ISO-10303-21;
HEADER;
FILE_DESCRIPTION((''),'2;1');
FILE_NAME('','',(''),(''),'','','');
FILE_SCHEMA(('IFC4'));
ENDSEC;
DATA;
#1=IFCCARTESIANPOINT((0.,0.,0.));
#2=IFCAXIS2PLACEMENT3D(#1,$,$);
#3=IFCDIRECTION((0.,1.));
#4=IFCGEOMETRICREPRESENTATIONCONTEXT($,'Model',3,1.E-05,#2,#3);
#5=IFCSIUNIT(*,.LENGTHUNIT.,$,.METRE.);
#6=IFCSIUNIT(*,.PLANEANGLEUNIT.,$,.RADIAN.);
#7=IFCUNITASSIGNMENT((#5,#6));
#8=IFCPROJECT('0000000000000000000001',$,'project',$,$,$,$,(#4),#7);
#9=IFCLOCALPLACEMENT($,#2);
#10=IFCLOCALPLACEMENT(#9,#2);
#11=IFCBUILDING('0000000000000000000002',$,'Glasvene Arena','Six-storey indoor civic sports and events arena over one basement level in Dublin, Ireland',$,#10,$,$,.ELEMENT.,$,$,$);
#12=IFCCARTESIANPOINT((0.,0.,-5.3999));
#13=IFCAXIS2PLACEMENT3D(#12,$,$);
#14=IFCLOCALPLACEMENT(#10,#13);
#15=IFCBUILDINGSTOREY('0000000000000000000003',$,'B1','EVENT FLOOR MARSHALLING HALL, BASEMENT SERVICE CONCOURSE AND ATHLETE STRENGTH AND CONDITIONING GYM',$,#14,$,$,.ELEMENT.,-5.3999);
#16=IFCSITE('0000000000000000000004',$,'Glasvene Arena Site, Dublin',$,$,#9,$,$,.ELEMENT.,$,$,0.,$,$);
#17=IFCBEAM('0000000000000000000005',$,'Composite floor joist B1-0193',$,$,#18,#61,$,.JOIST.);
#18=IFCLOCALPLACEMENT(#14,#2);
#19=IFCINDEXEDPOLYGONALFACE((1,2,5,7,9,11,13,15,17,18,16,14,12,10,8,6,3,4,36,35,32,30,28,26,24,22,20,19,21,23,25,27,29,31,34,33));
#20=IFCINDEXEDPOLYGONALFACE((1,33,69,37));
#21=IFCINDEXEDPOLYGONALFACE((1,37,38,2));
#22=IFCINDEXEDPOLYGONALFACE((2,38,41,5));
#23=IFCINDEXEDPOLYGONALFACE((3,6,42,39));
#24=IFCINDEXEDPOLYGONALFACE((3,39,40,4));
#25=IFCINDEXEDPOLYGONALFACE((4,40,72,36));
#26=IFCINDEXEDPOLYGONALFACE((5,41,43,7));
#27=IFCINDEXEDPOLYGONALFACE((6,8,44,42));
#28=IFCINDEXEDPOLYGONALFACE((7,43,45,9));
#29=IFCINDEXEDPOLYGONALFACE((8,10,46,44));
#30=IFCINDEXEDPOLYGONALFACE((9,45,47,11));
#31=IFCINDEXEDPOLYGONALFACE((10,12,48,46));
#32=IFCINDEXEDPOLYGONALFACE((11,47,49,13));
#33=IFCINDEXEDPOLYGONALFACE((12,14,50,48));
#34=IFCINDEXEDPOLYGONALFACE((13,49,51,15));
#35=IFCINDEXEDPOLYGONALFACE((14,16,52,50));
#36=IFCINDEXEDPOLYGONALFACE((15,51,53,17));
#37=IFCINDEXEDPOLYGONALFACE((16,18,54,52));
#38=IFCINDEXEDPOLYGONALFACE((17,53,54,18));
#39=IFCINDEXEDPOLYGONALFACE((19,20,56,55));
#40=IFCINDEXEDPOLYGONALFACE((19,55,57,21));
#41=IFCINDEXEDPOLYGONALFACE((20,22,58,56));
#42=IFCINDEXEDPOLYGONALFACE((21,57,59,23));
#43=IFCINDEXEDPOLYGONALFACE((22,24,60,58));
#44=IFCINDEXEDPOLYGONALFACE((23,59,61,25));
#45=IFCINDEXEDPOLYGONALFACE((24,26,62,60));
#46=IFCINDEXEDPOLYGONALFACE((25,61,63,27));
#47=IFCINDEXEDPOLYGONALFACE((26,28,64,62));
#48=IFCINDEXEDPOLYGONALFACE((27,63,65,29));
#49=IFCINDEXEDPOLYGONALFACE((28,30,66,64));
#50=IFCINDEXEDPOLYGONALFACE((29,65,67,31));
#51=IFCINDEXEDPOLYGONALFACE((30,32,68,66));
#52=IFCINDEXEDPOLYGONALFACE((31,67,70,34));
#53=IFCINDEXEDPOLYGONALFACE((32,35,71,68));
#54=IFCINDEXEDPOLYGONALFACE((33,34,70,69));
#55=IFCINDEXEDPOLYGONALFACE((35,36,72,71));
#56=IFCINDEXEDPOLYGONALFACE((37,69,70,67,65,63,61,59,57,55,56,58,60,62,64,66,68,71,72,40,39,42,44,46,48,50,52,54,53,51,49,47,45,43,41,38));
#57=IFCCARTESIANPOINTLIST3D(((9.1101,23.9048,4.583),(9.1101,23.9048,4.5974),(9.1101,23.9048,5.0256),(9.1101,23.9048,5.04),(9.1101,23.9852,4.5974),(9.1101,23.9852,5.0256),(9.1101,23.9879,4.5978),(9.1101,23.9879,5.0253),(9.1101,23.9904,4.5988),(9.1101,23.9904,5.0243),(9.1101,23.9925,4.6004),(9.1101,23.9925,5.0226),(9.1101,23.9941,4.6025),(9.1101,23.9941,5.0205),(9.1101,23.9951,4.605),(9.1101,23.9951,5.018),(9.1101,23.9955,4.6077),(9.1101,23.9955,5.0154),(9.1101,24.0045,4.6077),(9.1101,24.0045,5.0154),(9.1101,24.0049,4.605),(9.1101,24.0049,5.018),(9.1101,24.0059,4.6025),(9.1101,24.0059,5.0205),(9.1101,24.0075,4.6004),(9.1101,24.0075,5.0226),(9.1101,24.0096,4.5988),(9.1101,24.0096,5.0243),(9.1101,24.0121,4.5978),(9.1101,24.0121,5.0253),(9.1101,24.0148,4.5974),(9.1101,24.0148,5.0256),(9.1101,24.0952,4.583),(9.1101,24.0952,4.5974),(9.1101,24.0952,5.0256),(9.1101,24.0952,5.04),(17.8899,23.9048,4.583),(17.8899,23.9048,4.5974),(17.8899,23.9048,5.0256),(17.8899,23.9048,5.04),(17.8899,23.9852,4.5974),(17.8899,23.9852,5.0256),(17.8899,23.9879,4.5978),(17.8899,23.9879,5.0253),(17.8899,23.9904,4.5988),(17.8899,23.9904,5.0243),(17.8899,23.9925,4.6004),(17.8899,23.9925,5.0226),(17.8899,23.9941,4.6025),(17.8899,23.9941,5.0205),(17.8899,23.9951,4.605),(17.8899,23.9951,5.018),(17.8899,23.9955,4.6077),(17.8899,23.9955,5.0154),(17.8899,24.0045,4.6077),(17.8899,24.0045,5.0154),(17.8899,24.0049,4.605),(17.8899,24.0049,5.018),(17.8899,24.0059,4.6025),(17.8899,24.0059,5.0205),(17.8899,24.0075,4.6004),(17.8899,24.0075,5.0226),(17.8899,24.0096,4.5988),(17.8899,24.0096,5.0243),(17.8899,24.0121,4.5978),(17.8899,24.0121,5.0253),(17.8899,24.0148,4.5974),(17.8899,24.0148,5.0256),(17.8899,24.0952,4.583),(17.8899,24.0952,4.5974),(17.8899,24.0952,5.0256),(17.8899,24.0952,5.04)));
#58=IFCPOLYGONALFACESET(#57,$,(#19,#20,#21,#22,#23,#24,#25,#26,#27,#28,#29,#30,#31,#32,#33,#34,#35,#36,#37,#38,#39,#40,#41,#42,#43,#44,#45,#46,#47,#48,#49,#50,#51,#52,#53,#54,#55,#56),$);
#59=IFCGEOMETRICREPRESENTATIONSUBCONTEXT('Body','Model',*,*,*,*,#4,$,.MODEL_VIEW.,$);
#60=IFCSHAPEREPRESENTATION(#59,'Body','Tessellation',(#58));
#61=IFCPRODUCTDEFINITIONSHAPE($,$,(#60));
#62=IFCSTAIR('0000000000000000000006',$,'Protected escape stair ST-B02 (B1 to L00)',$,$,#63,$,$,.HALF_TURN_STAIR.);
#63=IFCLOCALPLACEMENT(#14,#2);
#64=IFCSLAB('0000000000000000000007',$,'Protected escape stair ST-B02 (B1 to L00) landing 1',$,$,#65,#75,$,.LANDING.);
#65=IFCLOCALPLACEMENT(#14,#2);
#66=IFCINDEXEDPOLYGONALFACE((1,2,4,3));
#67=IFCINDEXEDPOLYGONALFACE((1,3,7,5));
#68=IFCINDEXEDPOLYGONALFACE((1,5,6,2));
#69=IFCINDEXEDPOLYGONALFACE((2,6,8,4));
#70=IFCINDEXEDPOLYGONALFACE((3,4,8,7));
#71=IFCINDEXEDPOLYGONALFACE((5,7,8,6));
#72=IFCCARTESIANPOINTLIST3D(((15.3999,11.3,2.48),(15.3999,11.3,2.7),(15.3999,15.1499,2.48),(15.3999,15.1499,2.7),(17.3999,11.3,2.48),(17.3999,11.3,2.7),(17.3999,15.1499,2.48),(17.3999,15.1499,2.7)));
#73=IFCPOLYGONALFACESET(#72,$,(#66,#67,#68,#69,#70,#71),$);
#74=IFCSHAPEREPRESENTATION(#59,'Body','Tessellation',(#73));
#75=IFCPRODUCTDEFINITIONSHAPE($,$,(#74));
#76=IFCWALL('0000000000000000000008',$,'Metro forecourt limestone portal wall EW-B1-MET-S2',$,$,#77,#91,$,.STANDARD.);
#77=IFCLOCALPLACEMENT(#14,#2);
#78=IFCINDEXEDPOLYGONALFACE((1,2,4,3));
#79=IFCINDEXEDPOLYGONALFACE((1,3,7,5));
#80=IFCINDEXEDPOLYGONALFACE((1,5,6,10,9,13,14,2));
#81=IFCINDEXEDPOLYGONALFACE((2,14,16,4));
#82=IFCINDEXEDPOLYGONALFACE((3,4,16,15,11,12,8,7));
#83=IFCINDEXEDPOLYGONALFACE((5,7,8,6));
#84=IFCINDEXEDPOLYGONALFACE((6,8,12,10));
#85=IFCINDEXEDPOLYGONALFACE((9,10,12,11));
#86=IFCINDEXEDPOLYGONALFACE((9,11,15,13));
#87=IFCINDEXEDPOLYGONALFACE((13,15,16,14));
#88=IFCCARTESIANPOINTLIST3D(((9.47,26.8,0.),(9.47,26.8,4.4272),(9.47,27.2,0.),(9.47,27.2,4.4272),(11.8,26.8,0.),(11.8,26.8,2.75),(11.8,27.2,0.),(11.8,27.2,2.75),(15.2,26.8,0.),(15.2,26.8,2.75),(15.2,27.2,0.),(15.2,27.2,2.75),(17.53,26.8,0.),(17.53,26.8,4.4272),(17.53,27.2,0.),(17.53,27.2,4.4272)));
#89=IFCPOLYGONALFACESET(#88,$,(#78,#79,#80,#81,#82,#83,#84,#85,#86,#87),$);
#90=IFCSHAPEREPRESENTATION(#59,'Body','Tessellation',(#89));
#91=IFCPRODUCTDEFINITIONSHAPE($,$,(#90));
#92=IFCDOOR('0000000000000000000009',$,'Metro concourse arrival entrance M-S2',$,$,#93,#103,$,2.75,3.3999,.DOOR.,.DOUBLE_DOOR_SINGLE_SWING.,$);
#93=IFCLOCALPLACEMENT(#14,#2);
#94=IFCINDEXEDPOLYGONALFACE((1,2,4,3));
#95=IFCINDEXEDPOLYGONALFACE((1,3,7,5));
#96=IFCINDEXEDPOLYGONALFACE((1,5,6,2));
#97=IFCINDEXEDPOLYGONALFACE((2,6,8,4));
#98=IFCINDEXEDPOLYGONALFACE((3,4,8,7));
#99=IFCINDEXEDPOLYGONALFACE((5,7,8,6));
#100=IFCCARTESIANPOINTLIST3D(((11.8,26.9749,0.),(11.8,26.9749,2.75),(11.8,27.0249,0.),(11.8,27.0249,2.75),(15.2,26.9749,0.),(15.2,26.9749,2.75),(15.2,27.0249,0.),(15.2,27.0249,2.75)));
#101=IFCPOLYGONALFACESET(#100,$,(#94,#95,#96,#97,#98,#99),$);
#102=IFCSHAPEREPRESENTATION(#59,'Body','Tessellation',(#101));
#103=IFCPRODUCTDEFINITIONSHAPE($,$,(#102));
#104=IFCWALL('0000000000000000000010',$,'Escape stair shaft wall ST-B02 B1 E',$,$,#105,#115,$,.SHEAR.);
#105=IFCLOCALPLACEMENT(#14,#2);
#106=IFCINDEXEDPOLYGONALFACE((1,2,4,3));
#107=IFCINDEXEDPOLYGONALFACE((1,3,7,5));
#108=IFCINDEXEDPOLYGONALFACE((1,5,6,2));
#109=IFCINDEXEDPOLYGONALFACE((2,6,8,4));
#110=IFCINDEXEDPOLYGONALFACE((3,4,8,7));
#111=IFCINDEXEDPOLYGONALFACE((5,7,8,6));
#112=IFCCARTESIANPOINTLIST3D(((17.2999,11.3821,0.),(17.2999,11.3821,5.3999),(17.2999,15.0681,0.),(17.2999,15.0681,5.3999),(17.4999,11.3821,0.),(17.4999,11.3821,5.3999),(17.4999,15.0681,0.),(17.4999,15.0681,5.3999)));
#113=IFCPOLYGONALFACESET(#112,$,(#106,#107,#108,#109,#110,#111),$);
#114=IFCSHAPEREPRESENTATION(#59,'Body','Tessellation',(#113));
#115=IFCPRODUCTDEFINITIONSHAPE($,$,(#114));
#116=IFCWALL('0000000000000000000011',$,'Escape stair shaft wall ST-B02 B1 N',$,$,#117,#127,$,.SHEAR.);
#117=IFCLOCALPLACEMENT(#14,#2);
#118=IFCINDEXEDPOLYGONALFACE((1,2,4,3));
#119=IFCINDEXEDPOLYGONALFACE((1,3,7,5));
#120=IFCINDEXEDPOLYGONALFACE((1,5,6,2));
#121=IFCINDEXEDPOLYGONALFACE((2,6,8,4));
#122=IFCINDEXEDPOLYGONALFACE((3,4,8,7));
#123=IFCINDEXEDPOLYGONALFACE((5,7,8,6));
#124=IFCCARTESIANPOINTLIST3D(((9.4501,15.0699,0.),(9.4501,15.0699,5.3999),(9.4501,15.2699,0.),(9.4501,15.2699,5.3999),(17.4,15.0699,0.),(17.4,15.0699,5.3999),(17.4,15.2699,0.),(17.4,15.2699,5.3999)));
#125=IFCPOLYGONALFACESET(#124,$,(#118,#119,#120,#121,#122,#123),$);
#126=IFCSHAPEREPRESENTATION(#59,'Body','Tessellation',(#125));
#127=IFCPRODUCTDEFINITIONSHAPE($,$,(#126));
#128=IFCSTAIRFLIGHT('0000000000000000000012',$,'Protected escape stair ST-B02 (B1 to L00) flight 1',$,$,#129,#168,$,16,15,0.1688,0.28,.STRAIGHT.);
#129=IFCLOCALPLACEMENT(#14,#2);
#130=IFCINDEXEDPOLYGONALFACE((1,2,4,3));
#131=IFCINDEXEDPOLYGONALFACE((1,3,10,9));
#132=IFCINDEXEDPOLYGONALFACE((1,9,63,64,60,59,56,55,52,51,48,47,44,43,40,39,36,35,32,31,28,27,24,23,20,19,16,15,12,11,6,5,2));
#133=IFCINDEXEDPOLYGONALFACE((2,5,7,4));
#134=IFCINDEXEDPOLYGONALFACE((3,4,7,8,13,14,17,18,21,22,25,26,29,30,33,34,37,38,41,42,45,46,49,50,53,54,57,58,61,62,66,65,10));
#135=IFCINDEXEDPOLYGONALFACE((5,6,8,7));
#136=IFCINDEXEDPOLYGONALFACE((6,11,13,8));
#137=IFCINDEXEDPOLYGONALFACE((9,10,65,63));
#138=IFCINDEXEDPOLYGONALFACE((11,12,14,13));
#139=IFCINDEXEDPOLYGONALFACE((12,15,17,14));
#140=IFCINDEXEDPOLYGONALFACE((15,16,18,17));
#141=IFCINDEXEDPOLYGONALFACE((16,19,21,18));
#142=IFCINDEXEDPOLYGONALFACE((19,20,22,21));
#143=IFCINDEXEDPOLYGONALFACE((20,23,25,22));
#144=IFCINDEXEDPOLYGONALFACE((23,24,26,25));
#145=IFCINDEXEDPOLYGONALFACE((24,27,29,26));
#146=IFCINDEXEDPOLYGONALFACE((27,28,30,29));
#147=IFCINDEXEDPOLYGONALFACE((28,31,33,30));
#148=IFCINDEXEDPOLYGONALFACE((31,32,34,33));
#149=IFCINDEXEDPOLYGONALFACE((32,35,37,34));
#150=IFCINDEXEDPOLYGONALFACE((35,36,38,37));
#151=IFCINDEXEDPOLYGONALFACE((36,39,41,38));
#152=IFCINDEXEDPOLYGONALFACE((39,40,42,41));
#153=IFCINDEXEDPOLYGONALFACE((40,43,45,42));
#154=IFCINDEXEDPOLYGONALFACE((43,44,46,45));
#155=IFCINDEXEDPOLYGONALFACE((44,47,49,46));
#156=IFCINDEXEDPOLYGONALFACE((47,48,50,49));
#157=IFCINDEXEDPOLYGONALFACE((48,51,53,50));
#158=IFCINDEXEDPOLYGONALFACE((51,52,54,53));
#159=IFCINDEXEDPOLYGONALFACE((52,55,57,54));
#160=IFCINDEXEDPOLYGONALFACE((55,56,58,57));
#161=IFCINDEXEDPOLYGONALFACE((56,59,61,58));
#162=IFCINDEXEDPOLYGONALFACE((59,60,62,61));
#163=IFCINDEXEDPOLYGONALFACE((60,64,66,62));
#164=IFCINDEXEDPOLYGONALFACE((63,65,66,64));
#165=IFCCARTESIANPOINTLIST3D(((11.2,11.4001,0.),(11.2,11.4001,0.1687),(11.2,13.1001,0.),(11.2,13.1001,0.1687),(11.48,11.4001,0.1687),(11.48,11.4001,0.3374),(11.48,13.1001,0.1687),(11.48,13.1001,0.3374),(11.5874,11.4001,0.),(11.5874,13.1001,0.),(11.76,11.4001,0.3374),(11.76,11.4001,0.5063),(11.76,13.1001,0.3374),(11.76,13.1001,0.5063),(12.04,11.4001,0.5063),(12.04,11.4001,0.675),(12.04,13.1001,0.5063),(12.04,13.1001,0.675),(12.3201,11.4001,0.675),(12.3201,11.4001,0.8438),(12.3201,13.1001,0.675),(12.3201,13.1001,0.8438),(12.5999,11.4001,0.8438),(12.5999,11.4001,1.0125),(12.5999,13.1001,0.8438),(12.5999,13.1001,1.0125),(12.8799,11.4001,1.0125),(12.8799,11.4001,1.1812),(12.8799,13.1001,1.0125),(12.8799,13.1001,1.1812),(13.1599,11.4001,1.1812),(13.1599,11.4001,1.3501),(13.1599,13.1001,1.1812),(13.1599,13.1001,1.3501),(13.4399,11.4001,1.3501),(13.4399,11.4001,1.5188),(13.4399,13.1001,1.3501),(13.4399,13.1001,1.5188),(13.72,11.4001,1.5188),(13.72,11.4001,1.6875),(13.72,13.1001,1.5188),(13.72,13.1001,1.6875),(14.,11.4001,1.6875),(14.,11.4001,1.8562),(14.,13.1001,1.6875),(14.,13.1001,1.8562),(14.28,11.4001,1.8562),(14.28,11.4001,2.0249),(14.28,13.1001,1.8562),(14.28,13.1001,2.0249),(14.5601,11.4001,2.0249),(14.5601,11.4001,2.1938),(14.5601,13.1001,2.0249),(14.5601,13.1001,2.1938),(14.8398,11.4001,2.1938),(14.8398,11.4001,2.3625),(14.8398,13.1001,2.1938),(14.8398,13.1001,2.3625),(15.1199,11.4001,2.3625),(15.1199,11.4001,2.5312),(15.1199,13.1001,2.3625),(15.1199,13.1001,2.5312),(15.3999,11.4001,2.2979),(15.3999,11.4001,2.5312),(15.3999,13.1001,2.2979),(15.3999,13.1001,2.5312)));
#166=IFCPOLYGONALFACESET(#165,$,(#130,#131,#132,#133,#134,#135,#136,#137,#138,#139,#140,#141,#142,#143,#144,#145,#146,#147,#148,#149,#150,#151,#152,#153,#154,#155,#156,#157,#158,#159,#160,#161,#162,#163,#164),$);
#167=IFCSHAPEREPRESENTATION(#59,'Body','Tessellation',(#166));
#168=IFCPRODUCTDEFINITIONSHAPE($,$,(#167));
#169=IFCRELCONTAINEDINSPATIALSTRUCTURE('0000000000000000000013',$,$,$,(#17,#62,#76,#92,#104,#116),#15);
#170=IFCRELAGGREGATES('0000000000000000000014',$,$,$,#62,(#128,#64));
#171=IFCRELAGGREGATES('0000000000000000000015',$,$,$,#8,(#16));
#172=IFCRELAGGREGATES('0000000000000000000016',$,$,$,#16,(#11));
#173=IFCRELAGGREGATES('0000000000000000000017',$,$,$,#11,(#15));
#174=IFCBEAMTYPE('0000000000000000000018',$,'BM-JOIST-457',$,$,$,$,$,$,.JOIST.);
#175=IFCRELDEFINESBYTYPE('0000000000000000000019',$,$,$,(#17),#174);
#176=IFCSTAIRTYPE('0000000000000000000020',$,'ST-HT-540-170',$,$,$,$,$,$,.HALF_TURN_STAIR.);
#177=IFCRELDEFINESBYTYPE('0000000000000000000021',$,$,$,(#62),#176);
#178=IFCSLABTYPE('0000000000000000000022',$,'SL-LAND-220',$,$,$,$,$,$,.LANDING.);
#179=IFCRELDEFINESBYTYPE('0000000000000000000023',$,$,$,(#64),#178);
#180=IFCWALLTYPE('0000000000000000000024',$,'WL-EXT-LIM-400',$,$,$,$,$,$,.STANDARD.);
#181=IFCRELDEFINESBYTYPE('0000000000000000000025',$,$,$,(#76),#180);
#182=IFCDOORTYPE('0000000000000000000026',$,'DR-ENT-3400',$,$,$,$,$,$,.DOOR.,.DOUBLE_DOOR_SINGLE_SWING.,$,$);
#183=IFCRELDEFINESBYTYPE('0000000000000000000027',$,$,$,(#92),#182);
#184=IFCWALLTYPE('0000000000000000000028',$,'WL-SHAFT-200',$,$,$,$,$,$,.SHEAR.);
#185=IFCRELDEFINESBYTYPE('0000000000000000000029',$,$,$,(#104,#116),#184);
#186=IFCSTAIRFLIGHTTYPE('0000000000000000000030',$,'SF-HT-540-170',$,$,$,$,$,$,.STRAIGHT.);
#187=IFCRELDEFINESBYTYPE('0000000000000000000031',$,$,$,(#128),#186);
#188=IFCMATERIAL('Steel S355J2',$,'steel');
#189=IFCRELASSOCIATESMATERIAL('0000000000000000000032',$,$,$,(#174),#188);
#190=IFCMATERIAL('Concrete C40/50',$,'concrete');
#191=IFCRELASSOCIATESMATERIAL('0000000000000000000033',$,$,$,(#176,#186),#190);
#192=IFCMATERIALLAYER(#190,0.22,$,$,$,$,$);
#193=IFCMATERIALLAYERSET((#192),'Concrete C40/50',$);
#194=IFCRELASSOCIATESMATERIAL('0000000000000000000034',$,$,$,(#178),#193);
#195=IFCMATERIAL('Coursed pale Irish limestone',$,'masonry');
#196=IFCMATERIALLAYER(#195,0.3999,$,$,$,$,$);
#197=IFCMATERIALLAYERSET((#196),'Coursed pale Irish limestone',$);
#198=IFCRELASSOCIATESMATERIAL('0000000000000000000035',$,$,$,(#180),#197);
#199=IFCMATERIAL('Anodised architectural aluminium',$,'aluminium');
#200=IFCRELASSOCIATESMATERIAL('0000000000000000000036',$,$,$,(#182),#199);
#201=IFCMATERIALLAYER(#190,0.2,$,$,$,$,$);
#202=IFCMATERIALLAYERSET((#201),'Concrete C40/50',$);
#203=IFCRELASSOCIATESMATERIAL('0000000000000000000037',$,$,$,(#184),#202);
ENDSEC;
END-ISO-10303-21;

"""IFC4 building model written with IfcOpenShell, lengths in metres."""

from ifc_helpers import new_model, si_unit, direction, frame, frame_2d, origin, origin_2d, place, context, subcontext, project, spatial, polyline, rectangle, i_section, outline, extrude, material, layer, layer_set, material_profile, profile_set, type_object, element, fill, aggregate, save


model = new_model("IFC4")

# Units and contexts
model_context = context("Model", 3, precision=1e-05, world=origin(), true_north=direction((0.0, 1.0)))
body_context = subcontext(model_context, "Body", "Model", "MODEL_VIEW")
ifc_project = project(units=[si_unit("LENGTHUNIT", "METRE"), si_unit("PLANEANGLEUNIT", "RADIAN")], contexts=[model_context])

# Site, building, storey
site_placement = place(None, origin())
site = spatial("IfcSite", under=ifc_project, at=site_placement, Name="Glasvene Arena Site, Dublin", CompositionType="ELEMENT", RefElevation=0.0)
building_placement = place(site_placement, origin())
building = spatial("IfcBuilding", under=site, at=building_placement, Name="Glasvene Arena", Description="Six-storey indoor civic sports and events arena over one basement level in Dublin, Ireland", CompositionType="ELEMENT")
storey_placement = place(building_placement, frame((0.0, 0.0, -5.3999)))
storey = spatial("IfcBuildingStorey", under=building, at=storey_placement, Name="B1", Description="EVENT FLOOR MARSHALLING HALL, BASEMENT SERVICE CONCOURSE AND ATHLETE STRENGTH AND CONDITIONING GYM", CompositionType="ELEMENT", Elevation=-5.3999)

# Shared definitions
ifc_material_1 = material(Name="Concrete C40/50", Category="concrete")

# Shared definitions
ifc_material_2 = material(Name="Steel S355J2", Category="steel")

# Beam
ifc_material_profile_1 = material_profile(ifc_material_2, i_section(OverallWidth=0.1904, OverallDepth=0.457, WebThickness=0.009, FlangeThickness=0.0144, FilletRadius=0.0103, at=origin_2d()), Name="UKB 457x191x74")
ifc_profile_set_1 = profile_set([ifc_material_profile_1], Name="Steel S355J2")
beam_type_1 = type_object("IfcBeamType", Name="BM-JOIST-457", PredefinedType="JOIST", material=ifc_profile_set_1)
for number, where, z_axis, x_axis, name in (
    (1, (9.1101, 24.0, 4.8115), (1.0, 0.0, 0.0), (0.0, 1.0, 0.0), "Composite floor joist B1-0193"),
):
    element("IfcBeam", number, at=place(storey_placement, frame(where, z_axis=z_axis, x_axis=x_axis)), inside=storey, type_object=beam_type_1, Name=name, PredefinedType="JOIST", context=body_context, shape_type="SweptSolid", body=[
        extrude(i_section(OverallWidth=0.1904, OverallDepth=0.457, WebThickness=0.009, FlangeThickness=0.0144, FilletRadius=0.0103, at=origin_2d()), origin(), (0.0, 0.0, 1.0), 8.7798),
    ])

# Stair, slab
stair_type = type_object("IfcStairType", Name="ST-HT-540-170", PredefinedType="HALF_TURN_STAIR", material=ifc_material_1)
stair_placement = place(storey_placement, origin())
stair = element("IfcStair", 2, at=stair_placement, inside=storey, type_object=stair_type, Name="Protected escape stair ST-B02 (B1 to L00)", PredefinedType="HALF_TURN_STAIR")
ifc_layer_1 = layer(ifc_material_1, 0.22)
ifc_layer_set_1 = layer_set([ifc_layer_1], Name="Concrete C40/50")
slab_type = type_object("IfcSlabType", Name="SL-LAND-220", PredefinedType="LANDING", material=ifc_layer_set_1)
slab_placement = place(storey_placement, frame((16.3999, 13.2251, 2.48)))
slab = element("IfcSlab", 3, at=slab_placement, type_object=slab_type, Name="Protected escape stair ST-B02 (B1 to L00) landing 1", PredefinedType="LANDING", context=body_context, shape_type="SweptSolid", body=[
    extrude(outline(polyline([(-1.0, -1.925), (1.0, -1.925), (1.0, 1.9248), (-1.0, 1.9248), (-1.0, -1.925)])), origin(), (0.0, 0.0, 1.0), 0.22),
])

# Wall, opening, door
ifc_material_3 = material(Name="Coursed pale Irish limestone", Category="masonry")
ifc_layer_2 = layer(ifc_material_3, 0.3999)
ifc_layer_set_2 = layer_set([ifc_layer_2], Name="Coursed pale Irish limestone")
wall_type_1 = type_object("IfcWallType", Name="WL-EXT-LIM-400", PredefinedType="STANDARD", material=ifc_layer_set_2)
wall_1_placement = place(storey_placement, frame((9.47, 27.0, 0.0), z_axis=(0.0, 0.0, 1.0), x_axis=(1.0, 0.0, 0.0)))
wall_1 = element("IfcWall", 4, at=wall_1_placement, inside=storey, type_object=wall_type_1, Name="Metro forecourt limestone portal wall EW-B1-MET-S2", PredefinedType="STANDARD", context=body_context, shape_type="SweptSolid", body=[
    extrude(rectangle(XDim=8.0601, YDim=0.3999, at=frame_2d((4.03, 0.0))), origin(), (0.0, 0.0, 1.0), 4.4272),
])
opening_1_placement = place(wall_1_placement, frame((2.3301, 0.0, 0.0)))
opening_1 = element("IfcOpeningElement", 5, at=opening_1_placement, cuts=wall_1, PredefinedType="OPENING", context=body_context, shape_type="SweptSolid", body=[
    extrude(rectangle(XDim=3.3999, YDim=2.75, at=frame_2d((1.7, 1.375))), frame((0.0, 0.21, 0.0), z_axis=(0.0, -1.0, 0.0), x_axis=(1.0, 0.0, 0.0)), (0.0, 0.0, 1.0), 0.4199),
])
ifc_material_4 = material(Name="Anodised architectural aluminium", Category="aluminium")
door_type_1 = type_object("IfcDoorType", Name="DR-ENT-3400", OperationType="DOUBLE_DOOR_SINGLE_SWING", PredefinedType="DOOR", material=ifc_material_4)
door_1_placement = place(opening_1_placement, origin())
door_1 = element("IfcDoor", 6, at=door_1_placement, inside=storey, type_object=door_type_1, Name="Metro concourse arrival entrance M-S2", OperationType="DOUBLE_DOOR_SINGLE_SWING", OverallHeight=2.75, OverallWidth=3.3999, PredefinedType="DOOR", context=body_context, shape_type="SweptSolid", body=[
    extrude(rectangle(XDim=3.3999, YDim=2.75, at=frame_2d((1.7, 1.375))), frame((0.0, 0.0249, 0.0), z_axis=(0.0, -1.0, 0.0), x_axis=(1.0, 0.0, 0.0)), (0.0, 0.0, 1.0), 0.05),
])
fill(opening_1, door_1)
ifc_layer_3 = layer(ifc_material_1, 0.2)
ifc_layer_set_3 = layer_set([ifc_layer_3], Name="Concrete C40/50")
wall_type_2 = type_object("IfcWallType", Name="WL-SHAFT-200", PredefinedType="SHEAR", material=ifc_layer_set_3)

# Walls
wall_2_placement = place(storey_placement, frame((17.3999, 11.3821, 0.0), z_axis=(0.0, 0.0, 1.0), x_axis=(0.0, 1.0, 0.0)))
element("IfcWall", 7, at=wall_2_placement, inside=storey, type_object=wall_type_2, Name="Escape stair shaft wall ST-B02 B1 E", PredefinedType="SHEAR", context=body_context, shape_type="SweptSolid", body=[
    extrude(rectangle(XDim=3.686, YDim=0.2, at=frame_2d((1.843, 0.0))), origin(), (0.0, 0.0, 1.0), 5.3999),
])
wall_3_placement = place(storey_placement, frame((9.45, 15.1699, 0.0), z_axis=(0.0, 0.0, 1.0), x_axis=(1.0, 0.0, 0.0)))
element("IfcWall", 8, at=wall_3_placement, inside=storey, type_object=wall_type_2, Name="Escape stair shaft wall ST-B02 B1 N", PredefinedType="SHEAR", context=body_context, shape_type="SweptSolid", body=[
    extrude(rectangle(XDim=7.95, YDim=0.2, at=frame_2d((3.9751, 0.0))), origin(), (0.0, 0.0, 1.0), 5.3999),
])

# Stair flight
stair_flight_type = type_object("IfcStairFlightType", Name="SF-HT-540-170", PredefinedType="STRAIGHT", material=ifc_material_1)
stair_flight_1_placement = place(storey_placement, frame((11.2, 12.25, 0.0), z_axis=(0.0, 0.0, 1.0), x_axis=(1.0, 0.0, 0.0)))
stair_flight_1 = element("IfcStairFlight", 9, at=stair_flight_1_placement, type_object=stair_flight_type, Name="Protected escape stair ST-B02 (B1 to L00) flight 1", NumberOfRisers=16, NumberOfTreads=15, PredefinedType="STRAIGHT", RiserHeight=0.1688, TreadLength=0.28, context=body_context, shape_type="SweptSolid", body=[
    extrude(outline(polyline([(0.0, 0.0), (0.0, 0.1687), (0.28, 0.1687), (0.28, 0.3374), (0.5601, 0.3374), (0.5601, 0.5063), (0.8401, 0.5063), (0.8401, 0.675), (1.1201, 0.675), (1.1201, 0.8438), (1.3999, 0.8438), (1.3999, 1.0125), (1.6799, 1.0125), (1.6799, 1.1812), (1.96, 1.1812), (1.96, 1.3501), (2.24, 1.3501), (2.24, 1.5188), (2.52, 1.5188), (2.52, 1.6875), (2.8, 1.6875), (2.8, 1.8562), (3.0801, 1.8562), (3.0801, 2.0249), (3.3601, 2.0249), (3.3601, 2.1938), (3.6399, 2.1938), (3.6399, 2.3625), (3.9199, 2.3625), (3.9199, 2.5312), (4.2, 2.5312), (4.2, 2.7), (4.2, 2.2979), (0.3875, 0.0), (0.0, 0.0)])), frame((0.0, 0.8501, 0.0), z_axis=(0.0, -1.0, 0.0), x_axis=(1.0, 0.0, 0.0)), (0.0, 0.0, 1.0), 1.7),
])
aggregate(stair, [stair_flight_1, slab])

save(model, "model.ifc")
